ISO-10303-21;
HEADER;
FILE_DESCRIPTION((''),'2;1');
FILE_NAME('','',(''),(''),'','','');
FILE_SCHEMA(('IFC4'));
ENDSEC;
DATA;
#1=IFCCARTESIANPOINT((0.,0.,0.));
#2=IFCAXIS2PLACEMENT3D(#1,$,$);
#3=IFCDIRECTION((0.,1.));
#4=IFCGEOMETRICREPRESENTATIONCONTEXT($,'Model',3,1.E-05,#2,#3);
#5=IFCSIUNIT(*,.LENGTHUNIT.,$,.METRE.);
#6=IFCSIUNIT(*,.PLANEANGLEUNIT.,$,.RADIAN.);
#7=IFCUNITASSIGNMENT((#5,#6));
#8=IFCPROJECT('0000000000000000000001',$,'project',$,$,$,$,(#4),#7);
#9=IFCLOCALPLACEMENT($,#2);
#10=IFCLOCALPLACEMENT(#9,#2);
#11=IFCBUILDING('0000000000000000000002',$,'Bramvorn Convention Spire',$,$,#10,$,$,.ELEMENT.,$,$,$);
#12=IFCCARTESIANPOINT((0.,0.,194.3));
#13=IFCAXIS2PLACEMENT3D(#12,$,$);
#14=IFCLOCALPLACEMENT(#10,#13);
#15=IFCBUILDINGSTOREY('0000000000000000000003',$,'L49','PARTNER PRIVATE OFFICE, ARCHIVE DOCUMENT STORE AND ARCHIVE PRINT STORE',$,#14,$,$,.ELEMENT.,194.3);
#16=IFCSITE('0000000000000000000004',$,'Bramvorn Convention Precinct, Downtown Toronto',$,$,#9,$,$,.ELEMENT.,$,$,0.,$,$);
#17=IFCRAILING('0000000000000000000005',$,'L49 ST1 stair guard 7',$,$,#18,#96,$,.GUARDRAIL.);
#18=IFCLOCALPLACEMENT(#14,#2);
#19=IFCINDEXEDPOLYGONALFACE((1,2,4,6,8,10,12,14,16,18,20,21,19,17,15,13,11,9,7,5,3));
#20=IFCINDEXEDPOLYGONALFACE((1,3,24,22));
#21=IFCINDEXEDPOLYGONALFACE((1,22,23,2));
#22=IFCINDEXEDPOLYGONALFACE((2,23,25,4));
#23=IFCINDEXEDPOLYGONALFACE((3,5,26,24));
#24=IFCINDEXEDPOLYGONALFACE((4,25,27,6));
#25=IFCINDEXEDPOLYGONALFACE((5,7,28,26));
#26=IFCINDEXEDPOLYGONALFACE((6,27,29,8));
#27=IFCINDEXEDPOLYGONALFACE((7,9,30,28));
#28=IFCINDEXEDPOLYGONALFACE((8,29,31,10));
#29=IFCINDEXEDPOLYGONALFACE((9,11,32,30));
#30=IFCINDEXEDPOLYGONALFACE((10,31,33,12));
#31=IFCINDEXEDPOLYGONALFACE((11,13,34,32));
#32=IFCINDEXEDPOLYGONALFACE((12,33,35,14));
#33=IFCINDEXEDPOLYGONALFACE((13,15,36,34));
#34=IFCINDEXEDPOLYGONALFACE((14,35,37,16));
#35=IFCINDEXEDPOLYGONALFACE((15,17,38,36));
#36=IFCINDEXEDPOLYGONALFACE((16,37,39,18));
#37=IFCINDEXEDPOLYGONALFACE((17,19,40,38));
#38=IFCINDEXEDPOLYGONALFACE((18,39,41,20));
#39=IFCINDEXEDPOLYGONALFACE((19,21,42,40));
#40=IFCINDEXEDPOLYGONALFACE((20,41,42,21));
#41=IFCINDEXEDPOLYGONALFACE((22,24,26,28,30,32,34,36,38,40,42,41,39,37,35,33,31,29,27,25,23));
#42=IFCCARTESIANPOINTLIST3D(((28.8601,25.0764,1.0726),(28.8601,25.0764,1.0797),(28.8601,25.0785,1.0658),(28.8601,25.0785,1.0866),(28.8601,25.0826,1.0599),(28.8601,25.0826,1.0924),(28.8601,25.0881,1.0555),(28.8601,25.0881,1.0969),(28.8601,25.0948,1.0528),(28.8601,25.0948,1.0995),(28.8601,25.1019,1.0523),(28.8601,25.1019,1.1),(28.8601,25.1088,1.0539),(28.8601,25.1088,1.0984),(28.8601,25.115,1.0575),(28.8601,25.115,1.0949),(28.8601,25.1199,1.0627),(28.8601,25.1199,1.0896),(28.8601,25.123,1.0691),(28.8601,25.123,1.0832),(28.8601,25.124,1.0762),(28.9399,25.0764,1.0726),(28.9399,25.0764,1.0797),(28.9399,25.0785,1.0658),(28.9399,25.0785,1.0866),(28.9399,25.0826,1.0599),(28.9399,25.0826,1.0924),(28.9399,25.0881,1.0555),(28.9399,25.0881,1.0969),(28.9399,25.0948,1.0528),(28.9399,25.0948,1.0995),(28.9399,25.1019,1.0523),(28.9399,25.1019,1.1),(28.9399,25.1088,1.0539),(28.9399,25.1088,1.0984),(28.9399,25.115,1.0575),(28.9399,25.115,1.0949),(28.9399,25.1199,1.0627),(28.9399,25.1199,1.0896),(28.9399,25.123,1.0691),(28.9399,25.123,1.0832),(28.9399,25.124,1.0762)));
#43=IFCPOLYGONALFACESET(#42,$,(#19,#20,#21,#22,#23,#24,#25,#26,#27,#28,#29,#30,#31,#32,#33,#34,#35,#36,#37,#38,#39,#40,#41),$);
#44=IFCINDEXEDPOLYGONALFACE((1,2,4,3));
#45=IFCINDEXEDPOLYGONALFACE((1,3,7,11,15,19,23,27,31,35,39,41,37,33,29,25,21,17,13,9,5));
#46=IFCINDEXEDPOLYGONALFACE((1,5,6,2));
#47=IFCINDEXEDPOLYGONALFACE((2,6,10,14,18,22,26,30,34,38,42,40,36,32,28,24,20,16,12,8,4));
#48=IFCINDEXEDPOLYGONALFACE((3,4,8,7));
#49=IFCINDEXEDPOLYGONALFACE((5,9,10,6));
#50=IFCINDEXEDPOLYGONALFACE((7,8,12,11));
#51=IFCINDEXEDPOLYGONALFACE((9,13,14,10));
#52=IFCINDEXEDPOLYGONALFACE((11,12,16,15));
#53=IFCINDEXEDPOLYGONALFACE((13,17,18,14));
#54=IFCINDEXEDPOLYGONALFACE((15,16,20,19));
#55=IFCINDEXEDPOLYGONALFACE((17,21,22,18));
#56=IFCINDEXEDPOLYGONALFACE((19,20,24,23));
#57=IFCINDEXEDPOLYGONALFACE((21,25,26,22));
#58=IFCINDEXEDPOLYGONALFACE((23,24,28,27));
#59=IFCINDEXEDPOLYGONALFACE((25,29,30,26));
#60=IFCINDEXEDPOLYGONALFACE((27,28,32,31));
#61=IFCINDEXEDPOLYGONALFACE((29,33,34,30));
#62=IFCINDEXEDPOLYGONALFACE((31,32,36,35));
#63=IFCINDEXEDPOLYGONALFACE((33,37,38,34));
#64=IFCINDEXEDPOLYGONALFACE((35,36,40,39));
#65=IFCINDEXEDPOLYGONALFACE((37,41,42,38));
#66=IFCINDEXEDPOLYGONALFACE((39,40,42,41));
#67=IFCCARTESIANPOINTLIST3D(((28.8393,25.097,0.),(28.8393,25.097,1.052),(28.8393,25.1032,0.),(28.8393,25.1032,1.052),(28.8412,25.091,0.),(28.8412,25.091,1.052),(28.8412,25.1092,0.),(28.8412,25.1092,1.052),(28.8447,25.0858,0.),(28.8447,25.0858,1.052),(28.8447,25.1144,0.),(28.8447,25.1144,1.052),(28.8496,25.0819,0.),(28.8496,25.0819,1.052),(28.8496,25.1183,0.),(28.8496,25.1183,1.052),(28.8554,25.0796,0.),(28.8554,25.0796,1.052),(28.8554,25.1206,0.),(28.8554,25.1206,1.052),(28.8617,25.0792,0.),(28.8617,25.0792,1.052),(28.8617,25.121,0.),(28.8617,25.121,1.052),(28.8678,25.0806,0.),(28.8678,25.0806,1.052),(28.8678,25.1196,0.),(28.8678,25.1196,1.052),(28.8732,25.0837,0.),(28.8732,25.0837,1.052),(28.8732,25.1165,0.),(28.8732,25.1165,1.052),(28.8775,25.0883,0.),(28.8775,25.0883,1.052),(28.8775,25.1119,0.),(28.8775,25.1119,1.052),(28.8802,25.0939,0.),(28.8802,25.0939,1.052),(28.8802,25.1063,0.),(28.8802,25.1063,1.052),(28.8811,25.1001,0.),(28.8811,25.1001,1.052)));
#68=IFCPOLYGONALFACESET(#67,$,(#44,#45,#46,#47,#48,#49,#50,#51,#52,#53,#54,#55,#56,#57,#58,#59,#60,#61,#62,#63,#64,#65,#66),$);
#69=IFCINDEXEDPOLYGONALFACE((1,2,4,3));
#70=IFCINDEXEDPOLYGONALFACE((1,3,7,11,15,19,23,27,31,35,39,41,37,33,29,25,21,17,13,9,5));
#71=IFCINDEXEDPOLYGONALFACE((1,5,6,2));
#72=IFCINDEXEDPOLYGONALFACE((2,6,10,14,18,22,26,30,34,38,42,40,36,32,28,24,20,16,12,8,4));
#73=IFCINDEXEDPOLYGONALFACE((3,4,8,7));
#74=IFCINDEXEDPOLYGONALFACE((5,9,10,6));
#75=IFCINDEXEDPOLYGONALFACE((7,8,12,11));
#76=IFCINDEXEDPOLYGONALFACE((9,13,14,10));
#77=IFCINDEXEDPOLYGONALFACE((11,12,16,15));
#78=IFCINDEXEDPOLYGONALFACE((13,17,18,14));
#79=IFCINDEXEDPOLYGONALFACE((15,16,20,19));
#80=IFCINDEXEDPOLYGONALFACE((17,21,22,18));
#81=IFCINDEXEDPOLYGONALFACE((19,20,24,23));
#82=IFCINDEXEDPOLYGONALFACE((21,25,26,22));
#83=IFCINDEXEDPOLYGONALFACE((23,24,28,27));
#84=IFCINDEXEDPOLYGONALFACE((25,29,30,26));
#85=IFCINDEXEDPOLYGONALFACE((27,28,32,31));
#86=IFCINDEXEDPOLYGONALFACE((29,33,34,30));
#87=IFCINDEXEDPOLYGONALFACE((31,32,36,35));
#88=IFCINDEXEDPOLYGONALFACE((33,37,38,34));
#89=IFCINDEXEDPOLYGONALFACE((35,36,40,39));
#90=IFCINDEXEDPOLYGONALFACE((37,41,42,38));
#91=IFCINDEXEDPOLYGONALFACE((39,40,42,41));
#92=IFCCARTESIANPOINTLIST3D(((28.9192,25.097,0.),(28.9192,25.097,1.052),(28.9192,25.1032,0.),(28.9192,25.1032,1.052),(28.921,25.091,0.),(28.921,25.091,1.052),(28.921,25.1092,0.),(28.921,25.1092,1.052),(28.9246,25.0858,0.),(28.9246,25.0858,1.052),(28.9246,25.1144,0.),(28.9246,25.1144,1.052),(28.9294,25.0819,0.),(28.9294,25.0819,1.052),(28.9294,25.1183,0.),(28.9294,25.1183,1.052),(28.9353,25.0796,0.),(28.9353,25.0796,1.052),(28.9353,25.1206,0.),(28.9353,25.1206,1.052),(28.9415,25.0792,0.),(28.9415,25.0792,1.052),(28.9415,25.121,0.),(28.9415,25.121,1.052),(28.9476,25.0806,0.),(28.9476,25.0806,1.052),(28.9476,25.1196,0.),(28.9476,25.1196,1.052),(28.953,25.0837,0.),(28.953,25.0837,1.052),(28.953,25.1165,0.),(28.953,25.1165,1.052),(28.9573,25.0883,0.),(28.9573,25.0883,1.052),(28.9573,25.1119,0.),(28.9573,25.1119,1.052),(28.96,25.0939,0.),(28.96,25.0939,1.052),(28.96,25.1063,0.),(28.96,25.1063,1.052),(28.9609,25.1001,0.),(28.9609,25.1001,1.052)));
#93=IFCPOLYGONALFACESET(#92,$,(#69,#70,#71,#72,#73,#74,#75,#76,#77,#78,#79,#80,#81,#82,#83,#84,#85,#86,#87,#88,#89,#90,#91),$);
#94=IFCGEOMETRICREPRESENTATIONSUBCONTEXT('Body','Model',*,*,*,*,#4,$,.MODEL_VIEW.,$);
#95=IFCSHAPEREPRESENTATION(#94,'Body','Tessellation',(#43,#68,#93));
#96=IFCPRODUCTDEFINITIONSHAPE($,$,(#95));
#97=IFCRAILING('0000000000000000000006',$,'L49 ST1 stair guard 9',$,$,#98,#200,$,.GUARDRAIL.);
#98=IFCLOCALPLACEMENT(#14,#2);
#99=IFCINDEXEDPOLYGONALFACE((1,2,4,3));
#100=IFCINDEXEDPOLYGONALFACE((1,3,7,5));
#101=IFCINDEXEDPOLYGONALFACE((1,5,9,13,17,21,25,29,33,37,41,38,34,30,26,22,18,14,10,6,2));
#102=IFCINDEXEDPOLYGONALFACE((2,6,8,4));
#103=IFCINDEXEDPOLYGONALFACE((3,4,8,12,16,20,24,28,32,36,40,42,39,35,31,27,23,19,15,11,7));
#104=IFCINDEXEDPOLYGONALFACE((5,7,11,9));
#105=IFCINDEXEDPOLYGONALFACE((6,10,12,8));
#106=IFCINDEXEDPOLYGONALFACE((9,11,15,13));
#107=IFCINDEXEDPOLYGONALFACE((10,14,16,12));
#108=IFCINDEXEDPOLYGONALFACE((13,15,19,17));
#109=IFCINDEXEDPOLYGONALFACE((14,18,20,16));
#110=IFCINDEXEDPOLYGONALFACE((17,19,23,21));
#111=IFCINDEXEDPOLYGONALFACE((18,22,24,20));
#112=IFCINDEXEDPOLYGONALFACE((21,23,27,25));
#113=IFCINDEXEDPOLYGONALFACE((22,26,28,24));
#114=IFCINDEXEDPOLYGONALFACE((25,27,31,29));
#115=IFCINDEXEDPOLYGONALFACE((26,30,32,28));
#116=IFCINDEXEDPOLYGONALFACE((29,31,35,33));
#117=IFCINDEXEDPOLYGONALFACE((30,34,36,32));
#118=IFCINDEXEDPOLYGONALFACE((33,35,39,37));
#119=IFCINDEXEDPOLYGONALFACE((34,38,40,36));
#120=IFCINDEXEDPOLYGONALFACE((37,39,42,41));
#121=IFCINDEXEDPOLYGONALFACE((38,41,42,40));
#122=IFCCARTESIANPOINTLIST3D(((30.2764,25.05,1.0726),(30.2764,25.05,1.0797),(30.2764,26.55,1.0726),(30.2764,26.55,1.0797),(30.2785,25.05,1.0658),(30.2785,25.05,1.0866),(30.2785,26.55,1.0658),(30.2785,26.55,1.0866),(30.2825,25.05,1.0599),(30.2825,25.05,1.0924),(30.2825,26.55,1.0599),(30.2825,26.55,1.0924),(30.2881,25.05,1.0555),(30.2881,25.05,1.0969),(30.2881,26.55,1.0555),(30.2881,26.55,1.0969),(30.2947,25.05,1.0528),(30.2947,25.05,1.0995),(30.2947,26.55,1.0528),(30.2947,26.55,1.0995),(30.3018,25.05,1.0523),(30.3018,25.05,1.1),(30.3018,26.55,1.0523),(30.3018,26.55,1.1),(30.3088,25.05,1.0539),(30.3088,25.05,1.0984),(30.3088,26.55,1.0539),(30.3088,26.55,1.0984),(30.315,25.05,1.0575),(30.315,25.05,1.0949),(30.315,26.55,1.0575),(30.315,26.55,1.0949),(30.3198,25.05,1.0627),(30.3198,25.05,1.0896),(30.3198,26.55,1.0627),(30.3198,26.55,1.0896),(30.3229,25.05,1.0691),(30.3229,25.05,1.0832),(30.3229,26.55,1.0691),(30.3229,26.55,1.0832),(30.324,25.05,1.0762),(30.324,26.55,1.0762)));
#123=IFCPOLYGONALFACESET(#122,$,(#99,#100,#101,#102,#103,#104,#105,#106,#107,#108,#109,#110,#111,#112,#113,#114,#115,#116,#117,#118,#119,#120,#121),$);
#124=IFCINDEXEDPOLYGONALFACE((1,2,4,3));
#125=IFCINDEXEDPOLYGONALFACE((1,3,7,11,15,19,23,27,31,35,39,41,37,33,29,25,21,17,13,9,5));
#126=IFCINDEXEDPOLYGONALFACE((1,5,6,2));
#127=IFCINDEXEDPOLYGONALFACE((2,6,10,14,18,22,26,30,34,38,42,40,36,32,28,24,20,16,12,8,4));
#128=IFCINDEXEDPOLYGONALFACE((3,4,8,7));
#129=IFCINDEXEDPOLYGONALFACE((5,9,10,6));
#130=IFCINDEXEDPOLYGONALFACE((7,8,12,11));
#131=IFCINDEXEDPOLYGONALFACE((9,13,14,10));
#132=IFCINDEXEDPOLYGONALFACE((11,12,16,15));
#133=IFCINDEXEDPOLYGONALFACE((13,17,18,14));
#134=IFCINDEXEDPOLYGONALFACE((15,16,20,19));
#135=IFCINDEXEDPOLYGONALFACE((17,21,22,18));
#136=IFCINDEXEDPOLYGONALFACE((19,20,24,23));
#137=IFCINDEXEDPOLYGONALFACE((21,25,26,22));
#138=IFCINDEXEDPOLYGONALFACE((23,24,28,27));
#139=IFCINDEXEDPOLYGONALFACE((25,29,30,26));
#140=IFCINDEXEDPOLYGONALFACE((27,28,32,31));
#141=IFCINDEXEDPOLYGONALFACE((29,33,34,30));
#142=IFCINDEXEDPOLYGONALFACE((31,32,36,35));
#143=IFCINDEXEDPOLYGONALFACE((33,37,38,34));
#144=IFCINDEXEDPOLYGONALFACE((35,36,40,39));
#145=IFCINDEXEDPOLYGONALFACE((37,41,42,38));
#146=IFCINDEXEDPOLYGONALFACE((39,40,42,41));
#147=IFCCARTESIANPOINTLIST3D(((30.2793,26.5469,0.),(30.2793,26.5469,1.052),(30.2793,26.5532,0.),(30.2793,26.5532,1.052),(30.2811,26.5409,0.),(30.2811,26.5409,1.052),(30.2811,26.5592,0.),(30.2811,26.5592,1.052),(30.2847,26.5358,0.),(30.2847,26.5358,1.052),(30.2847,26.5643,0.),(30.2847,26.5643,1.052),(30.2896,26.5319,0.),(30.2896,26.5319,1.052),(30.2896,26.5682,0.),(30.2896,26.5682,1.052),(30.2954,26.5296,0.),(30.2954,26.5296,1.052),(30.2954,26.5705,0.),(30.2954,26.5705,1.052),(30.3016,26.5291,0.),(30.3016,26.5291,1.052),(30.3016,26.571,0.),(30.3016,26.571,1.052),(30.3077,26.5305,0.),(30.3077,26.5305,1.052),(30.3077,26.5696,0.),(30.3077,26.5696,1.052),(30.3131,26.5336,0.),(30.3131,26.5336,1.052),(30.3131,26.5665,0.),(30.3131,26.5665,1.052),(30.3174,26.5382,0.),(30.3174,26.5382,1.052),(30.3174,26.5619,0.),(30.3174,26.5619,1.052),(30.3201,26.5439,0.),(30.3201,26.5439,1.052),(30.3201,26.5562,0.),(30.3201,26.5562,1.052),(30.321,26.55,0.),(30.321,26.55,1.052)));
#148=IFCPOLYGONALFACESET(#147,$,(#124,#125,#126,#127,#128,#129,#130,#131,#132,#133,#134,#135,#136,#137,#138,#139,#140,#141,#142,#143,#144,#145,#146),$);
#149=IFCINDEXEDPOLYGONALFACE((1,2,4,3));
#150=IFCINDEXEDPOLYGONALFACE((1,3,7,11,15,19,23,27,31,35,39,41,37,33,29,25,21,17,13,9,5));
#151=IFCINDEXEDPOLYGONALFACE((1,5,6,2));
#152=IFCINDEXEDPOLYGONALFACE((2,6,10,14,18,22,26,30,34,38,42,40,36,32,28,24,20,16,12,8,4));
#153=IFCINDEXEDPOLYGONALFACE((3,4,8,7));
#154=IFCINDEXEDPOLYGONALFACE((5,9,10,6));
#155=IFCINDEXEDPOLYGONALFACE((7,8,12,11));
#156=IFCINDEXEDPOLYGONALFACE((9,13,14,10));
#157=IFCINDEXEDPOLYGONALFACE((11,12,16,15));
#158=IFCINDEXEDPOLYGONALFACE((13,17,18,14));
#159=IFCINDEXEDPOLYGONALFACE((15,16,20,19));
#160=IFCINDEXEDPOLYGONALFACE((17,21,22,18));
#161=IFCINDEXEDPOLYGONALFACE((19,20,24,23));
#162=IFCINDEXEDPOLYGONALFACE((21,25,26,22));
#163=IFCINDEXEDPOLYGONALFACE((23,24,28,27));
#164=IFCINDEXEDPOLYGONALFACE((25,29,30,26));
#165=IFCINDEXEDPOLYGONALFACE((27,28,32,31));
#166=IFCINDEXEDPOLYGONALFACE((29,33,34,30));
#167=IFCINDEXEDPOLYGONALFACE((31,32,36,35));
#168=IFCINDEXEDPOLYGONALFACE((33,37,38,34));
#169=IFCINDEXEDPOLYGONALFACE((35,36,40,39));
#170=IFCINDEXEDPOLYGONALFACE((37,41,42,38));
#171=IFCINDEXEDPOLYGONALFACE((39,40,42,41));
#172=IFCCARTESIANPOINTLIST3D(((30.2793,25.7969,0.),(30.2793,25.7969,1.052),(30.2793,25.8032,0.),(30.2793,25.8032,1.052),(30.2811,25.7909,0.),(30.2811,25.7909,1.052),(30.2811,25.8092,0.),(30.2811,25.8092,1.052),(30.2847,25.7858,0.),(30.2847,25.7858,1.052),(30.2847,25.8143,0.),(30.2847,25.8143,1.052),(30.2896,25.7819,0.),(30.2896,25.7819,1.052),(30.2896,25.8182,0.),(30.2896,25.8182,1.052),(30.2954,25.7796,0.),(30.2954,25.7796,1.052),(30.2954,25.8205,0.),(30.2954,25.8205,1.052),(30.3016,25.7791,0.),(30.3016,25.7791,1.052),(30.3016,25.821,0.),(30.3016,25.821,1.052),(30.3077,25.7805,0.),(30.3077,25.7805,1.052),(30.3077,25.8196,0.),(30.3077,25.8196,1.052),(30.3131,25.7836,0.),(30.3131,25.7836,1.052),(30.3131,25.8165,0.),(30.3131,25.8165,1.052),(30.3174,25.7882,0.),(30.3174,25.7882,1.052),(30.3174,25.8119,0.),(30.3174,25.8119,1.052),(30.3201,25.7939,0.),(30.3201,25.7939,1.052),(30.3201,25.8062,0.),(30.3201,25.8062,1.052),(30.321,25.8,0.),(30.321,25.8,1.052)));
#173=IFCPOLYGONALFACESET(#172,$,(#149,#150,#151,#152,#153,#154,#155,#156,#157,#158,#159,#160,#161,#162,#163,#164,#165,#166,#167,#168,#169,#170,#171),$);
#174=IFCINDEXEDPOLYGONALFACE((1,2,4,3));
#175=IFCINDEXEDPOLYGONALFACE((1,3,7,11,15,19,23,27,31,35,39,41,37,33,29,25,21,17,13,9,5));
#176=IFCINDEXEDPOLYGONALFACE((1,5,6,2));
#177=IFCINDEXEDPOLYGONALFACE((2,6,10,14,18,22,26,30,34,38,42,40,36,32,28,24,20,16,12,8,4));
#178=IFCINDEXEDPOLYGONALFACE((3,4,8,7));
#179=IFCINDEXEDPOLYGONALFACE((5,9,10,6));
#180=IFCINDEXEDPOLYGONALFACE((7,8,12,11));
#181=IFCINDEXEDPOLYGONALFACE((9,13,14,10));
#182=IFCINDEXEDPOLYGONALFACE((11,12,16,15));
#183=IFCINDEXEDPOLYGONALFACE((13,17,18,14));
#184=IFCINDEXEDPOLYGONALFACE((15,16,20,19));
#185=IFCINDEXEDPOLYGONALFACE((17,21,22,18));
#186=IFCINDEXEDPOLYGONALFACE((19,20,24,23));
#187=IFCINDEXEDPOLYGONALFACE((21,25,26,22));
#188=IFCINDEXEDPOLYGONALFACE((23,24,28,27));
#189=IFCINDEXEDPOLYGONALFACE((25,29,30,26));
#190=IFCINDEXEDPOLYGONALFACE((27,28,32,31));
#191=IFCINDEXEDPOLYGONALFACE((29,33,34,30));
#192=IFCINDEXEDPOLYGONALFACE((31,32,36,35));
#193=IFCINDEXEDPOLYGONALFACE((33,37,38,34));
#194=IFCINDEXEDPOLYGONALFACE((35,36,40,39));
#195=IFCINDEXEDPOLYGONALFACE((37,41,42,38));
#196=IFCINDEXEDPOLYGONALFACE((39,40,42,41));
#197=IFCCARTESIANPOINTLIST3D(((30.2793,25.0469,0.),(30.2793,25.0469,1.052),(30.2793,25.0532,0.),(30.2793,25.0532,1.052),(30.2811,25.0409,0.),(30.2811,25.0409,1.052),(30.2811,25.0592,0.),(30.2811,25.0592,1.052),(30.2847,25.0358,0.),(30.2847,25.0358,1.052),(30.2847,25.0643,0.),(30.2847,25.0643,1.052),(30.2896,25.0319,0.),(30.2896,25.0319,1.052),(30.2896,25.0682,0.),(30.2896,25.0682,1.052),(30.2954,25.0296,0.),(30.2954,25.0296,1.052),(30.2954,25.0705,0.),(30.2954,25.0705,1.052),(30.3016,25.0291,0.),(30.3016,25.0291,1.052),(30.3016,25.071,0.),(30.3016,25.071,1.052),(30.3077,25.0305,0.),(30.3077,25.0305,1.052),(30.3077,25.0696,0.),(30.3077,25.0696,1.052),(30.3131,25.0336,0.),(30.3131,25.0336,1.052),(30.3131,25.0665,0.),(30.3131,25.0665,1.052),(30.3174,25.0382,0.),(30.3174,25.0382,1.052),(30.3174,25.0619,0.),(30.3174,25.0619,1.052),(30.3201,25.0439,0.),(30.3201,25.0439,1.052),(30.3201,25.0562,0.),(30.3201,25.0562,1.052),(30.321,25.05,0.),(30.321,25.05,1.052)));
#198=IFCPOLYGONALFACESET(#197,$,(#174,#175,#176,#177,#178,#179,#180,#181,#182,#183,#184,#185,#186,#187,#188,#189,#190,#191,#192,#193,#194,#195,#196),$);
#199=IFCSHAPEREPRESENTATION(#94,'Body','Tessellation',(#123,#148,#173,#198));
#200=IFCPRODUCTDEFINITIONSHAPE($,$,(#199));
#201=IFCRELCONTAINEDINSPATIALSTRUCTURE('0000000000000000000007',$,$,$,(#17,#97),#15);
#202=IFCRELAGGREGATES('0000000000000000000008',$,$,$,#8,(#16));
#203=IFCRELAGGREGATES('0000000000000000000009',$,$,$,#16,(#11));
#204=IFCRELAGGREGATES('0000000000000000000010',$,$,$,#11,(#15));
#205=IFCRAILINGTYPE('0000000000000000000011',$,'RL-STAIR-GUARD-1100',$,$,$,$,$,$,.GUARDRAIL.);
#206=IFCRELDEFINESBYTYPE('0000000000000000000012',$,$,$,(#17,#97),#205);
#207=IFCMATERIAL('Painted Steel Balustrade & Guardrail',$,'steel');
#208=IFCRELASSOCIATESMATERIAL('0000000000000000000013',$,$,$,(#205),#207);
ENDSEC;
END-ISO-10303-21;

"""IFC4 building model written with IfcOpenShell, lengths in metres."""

from ifc_helpers import new_model, si_unit, direction, frame, origin, origin_2d, place, context, subcontext, project, spatial, circle, extrude, material, type_object, element, save


model = new_model("IFC4")

# Units and contexts
model_context = context("Model", 3, precision=1e-05, world=origin(), true_north=direction((0.0, 1.0)))
body_context = subcontext(model_context, "Body", "Model", "MODEL_VIEW")
ifc_project = project(units=[si_unit("LENGTHUNIT", "METRE"), si_unit("PLANEANGLEUNIT", "RADIAN")], contexts=[model_context])

# Site, building, storey
site_placement = place(None, origin())
site = spatial("IfcSite", under=ifc_project, at=site_placement, Name="Bramvorn Convention Precinct, Downtown Toronto", CompositionType="ELEMENT", RefElevation=0.0)
building_placement = place(site_placement, origin())
building = spatial("IfcBuilding", under=site, at=building_placement, Name="Bramvorn Convention Spire", CompositionType="ELEMENT")
storey_placement = place(building_placement, frame((0.0, 0.0, 194.3)))
storey = spatial("IfcBuildingStorey", under=building, at=storey_placement, Name="L49", Description="PARTNER PRIVATE OFFICE, ARCHIVE DOCUMENT STORE AND ARCHIVE PRINT STORE", CompositionType="ELEMENT", Elevation=194.3)

# Railings
ifc_material_1 = material(Name="Painted Steel Balustrade & Guardrail", Category="steel")
railing_type_1 = type_object("IfcRailingType", Name="RL-STAIR-GUARD-1100", PredefinedType="GUARDRAIL", material=ifc_material_1)
railing_1_placement = place(storey_placement, frame((28.8601, 25.1001, 0.0)))
element("IfcRailing", 1, at=railing_1_placement, inside=storey, type_object=railing_type_1, Name="L49 ST1 stair guard 7", PredefinedType="GUARDRAIL", context=body_context, shape_type="SweptSolid", body=[
    extrude(circle(Radius=0.0239, at=origin_2d()), frame((0.0, 0.0, 1.0762), z_axis=(1.0, 0.0, 0.0), x_axis=(0.0, 1.0, 0.0)), (0.0, 0.0, 1.0), 0.0798),
    extrude(circle(Radius=0.021, at=origin_2d()), origin(), (0.0, 0.0, 1.0), 1.052),
    extrude(circle(Radius=0.021, at=origin_2d()), frame((0.0798, 0.0, 0.0)), (0.0, 0.0, 1.0), 1.052),
])
railing_2_placement = place(storey_placement, frame((30.3, 26.55, 0.0)))
element("IfcRailing", 2, at=railing_2_placement, inside=storey, type_object=railing_type_1, Name="L49 ST1 stair guard 9", PredefinedType="GUARDRAIL", context=body_context, shape_type="SweptSolid", body=[
    extrude(circle(Radius=0.0239, at=origin_2d()), frame((0.0, 0.0, 1.0762), z_axis=(0.0, -1.0, 0.0), x_axis=(1.0, 0.0, 0.0)), (0.0, 0.0, 1.0), 1.5),
    extrude(circle(Radius=0.021, at=origin_2d()), origin(), (0.0, 0.0, 1.0), 1.052),
    extrude(circle(Radius=0.021, at=origin_2d()), frame((0.0, -0.75, 0.0)), (0.0, 0.0, 1.0), 1.052),
    extrude(circle(Radius=0.021, at=origin_2d()), frame((0.0, -1.5, 0.0)), (0.0, 0.0, 1.0), 1.052),
])

save(model, "model.ifc")
